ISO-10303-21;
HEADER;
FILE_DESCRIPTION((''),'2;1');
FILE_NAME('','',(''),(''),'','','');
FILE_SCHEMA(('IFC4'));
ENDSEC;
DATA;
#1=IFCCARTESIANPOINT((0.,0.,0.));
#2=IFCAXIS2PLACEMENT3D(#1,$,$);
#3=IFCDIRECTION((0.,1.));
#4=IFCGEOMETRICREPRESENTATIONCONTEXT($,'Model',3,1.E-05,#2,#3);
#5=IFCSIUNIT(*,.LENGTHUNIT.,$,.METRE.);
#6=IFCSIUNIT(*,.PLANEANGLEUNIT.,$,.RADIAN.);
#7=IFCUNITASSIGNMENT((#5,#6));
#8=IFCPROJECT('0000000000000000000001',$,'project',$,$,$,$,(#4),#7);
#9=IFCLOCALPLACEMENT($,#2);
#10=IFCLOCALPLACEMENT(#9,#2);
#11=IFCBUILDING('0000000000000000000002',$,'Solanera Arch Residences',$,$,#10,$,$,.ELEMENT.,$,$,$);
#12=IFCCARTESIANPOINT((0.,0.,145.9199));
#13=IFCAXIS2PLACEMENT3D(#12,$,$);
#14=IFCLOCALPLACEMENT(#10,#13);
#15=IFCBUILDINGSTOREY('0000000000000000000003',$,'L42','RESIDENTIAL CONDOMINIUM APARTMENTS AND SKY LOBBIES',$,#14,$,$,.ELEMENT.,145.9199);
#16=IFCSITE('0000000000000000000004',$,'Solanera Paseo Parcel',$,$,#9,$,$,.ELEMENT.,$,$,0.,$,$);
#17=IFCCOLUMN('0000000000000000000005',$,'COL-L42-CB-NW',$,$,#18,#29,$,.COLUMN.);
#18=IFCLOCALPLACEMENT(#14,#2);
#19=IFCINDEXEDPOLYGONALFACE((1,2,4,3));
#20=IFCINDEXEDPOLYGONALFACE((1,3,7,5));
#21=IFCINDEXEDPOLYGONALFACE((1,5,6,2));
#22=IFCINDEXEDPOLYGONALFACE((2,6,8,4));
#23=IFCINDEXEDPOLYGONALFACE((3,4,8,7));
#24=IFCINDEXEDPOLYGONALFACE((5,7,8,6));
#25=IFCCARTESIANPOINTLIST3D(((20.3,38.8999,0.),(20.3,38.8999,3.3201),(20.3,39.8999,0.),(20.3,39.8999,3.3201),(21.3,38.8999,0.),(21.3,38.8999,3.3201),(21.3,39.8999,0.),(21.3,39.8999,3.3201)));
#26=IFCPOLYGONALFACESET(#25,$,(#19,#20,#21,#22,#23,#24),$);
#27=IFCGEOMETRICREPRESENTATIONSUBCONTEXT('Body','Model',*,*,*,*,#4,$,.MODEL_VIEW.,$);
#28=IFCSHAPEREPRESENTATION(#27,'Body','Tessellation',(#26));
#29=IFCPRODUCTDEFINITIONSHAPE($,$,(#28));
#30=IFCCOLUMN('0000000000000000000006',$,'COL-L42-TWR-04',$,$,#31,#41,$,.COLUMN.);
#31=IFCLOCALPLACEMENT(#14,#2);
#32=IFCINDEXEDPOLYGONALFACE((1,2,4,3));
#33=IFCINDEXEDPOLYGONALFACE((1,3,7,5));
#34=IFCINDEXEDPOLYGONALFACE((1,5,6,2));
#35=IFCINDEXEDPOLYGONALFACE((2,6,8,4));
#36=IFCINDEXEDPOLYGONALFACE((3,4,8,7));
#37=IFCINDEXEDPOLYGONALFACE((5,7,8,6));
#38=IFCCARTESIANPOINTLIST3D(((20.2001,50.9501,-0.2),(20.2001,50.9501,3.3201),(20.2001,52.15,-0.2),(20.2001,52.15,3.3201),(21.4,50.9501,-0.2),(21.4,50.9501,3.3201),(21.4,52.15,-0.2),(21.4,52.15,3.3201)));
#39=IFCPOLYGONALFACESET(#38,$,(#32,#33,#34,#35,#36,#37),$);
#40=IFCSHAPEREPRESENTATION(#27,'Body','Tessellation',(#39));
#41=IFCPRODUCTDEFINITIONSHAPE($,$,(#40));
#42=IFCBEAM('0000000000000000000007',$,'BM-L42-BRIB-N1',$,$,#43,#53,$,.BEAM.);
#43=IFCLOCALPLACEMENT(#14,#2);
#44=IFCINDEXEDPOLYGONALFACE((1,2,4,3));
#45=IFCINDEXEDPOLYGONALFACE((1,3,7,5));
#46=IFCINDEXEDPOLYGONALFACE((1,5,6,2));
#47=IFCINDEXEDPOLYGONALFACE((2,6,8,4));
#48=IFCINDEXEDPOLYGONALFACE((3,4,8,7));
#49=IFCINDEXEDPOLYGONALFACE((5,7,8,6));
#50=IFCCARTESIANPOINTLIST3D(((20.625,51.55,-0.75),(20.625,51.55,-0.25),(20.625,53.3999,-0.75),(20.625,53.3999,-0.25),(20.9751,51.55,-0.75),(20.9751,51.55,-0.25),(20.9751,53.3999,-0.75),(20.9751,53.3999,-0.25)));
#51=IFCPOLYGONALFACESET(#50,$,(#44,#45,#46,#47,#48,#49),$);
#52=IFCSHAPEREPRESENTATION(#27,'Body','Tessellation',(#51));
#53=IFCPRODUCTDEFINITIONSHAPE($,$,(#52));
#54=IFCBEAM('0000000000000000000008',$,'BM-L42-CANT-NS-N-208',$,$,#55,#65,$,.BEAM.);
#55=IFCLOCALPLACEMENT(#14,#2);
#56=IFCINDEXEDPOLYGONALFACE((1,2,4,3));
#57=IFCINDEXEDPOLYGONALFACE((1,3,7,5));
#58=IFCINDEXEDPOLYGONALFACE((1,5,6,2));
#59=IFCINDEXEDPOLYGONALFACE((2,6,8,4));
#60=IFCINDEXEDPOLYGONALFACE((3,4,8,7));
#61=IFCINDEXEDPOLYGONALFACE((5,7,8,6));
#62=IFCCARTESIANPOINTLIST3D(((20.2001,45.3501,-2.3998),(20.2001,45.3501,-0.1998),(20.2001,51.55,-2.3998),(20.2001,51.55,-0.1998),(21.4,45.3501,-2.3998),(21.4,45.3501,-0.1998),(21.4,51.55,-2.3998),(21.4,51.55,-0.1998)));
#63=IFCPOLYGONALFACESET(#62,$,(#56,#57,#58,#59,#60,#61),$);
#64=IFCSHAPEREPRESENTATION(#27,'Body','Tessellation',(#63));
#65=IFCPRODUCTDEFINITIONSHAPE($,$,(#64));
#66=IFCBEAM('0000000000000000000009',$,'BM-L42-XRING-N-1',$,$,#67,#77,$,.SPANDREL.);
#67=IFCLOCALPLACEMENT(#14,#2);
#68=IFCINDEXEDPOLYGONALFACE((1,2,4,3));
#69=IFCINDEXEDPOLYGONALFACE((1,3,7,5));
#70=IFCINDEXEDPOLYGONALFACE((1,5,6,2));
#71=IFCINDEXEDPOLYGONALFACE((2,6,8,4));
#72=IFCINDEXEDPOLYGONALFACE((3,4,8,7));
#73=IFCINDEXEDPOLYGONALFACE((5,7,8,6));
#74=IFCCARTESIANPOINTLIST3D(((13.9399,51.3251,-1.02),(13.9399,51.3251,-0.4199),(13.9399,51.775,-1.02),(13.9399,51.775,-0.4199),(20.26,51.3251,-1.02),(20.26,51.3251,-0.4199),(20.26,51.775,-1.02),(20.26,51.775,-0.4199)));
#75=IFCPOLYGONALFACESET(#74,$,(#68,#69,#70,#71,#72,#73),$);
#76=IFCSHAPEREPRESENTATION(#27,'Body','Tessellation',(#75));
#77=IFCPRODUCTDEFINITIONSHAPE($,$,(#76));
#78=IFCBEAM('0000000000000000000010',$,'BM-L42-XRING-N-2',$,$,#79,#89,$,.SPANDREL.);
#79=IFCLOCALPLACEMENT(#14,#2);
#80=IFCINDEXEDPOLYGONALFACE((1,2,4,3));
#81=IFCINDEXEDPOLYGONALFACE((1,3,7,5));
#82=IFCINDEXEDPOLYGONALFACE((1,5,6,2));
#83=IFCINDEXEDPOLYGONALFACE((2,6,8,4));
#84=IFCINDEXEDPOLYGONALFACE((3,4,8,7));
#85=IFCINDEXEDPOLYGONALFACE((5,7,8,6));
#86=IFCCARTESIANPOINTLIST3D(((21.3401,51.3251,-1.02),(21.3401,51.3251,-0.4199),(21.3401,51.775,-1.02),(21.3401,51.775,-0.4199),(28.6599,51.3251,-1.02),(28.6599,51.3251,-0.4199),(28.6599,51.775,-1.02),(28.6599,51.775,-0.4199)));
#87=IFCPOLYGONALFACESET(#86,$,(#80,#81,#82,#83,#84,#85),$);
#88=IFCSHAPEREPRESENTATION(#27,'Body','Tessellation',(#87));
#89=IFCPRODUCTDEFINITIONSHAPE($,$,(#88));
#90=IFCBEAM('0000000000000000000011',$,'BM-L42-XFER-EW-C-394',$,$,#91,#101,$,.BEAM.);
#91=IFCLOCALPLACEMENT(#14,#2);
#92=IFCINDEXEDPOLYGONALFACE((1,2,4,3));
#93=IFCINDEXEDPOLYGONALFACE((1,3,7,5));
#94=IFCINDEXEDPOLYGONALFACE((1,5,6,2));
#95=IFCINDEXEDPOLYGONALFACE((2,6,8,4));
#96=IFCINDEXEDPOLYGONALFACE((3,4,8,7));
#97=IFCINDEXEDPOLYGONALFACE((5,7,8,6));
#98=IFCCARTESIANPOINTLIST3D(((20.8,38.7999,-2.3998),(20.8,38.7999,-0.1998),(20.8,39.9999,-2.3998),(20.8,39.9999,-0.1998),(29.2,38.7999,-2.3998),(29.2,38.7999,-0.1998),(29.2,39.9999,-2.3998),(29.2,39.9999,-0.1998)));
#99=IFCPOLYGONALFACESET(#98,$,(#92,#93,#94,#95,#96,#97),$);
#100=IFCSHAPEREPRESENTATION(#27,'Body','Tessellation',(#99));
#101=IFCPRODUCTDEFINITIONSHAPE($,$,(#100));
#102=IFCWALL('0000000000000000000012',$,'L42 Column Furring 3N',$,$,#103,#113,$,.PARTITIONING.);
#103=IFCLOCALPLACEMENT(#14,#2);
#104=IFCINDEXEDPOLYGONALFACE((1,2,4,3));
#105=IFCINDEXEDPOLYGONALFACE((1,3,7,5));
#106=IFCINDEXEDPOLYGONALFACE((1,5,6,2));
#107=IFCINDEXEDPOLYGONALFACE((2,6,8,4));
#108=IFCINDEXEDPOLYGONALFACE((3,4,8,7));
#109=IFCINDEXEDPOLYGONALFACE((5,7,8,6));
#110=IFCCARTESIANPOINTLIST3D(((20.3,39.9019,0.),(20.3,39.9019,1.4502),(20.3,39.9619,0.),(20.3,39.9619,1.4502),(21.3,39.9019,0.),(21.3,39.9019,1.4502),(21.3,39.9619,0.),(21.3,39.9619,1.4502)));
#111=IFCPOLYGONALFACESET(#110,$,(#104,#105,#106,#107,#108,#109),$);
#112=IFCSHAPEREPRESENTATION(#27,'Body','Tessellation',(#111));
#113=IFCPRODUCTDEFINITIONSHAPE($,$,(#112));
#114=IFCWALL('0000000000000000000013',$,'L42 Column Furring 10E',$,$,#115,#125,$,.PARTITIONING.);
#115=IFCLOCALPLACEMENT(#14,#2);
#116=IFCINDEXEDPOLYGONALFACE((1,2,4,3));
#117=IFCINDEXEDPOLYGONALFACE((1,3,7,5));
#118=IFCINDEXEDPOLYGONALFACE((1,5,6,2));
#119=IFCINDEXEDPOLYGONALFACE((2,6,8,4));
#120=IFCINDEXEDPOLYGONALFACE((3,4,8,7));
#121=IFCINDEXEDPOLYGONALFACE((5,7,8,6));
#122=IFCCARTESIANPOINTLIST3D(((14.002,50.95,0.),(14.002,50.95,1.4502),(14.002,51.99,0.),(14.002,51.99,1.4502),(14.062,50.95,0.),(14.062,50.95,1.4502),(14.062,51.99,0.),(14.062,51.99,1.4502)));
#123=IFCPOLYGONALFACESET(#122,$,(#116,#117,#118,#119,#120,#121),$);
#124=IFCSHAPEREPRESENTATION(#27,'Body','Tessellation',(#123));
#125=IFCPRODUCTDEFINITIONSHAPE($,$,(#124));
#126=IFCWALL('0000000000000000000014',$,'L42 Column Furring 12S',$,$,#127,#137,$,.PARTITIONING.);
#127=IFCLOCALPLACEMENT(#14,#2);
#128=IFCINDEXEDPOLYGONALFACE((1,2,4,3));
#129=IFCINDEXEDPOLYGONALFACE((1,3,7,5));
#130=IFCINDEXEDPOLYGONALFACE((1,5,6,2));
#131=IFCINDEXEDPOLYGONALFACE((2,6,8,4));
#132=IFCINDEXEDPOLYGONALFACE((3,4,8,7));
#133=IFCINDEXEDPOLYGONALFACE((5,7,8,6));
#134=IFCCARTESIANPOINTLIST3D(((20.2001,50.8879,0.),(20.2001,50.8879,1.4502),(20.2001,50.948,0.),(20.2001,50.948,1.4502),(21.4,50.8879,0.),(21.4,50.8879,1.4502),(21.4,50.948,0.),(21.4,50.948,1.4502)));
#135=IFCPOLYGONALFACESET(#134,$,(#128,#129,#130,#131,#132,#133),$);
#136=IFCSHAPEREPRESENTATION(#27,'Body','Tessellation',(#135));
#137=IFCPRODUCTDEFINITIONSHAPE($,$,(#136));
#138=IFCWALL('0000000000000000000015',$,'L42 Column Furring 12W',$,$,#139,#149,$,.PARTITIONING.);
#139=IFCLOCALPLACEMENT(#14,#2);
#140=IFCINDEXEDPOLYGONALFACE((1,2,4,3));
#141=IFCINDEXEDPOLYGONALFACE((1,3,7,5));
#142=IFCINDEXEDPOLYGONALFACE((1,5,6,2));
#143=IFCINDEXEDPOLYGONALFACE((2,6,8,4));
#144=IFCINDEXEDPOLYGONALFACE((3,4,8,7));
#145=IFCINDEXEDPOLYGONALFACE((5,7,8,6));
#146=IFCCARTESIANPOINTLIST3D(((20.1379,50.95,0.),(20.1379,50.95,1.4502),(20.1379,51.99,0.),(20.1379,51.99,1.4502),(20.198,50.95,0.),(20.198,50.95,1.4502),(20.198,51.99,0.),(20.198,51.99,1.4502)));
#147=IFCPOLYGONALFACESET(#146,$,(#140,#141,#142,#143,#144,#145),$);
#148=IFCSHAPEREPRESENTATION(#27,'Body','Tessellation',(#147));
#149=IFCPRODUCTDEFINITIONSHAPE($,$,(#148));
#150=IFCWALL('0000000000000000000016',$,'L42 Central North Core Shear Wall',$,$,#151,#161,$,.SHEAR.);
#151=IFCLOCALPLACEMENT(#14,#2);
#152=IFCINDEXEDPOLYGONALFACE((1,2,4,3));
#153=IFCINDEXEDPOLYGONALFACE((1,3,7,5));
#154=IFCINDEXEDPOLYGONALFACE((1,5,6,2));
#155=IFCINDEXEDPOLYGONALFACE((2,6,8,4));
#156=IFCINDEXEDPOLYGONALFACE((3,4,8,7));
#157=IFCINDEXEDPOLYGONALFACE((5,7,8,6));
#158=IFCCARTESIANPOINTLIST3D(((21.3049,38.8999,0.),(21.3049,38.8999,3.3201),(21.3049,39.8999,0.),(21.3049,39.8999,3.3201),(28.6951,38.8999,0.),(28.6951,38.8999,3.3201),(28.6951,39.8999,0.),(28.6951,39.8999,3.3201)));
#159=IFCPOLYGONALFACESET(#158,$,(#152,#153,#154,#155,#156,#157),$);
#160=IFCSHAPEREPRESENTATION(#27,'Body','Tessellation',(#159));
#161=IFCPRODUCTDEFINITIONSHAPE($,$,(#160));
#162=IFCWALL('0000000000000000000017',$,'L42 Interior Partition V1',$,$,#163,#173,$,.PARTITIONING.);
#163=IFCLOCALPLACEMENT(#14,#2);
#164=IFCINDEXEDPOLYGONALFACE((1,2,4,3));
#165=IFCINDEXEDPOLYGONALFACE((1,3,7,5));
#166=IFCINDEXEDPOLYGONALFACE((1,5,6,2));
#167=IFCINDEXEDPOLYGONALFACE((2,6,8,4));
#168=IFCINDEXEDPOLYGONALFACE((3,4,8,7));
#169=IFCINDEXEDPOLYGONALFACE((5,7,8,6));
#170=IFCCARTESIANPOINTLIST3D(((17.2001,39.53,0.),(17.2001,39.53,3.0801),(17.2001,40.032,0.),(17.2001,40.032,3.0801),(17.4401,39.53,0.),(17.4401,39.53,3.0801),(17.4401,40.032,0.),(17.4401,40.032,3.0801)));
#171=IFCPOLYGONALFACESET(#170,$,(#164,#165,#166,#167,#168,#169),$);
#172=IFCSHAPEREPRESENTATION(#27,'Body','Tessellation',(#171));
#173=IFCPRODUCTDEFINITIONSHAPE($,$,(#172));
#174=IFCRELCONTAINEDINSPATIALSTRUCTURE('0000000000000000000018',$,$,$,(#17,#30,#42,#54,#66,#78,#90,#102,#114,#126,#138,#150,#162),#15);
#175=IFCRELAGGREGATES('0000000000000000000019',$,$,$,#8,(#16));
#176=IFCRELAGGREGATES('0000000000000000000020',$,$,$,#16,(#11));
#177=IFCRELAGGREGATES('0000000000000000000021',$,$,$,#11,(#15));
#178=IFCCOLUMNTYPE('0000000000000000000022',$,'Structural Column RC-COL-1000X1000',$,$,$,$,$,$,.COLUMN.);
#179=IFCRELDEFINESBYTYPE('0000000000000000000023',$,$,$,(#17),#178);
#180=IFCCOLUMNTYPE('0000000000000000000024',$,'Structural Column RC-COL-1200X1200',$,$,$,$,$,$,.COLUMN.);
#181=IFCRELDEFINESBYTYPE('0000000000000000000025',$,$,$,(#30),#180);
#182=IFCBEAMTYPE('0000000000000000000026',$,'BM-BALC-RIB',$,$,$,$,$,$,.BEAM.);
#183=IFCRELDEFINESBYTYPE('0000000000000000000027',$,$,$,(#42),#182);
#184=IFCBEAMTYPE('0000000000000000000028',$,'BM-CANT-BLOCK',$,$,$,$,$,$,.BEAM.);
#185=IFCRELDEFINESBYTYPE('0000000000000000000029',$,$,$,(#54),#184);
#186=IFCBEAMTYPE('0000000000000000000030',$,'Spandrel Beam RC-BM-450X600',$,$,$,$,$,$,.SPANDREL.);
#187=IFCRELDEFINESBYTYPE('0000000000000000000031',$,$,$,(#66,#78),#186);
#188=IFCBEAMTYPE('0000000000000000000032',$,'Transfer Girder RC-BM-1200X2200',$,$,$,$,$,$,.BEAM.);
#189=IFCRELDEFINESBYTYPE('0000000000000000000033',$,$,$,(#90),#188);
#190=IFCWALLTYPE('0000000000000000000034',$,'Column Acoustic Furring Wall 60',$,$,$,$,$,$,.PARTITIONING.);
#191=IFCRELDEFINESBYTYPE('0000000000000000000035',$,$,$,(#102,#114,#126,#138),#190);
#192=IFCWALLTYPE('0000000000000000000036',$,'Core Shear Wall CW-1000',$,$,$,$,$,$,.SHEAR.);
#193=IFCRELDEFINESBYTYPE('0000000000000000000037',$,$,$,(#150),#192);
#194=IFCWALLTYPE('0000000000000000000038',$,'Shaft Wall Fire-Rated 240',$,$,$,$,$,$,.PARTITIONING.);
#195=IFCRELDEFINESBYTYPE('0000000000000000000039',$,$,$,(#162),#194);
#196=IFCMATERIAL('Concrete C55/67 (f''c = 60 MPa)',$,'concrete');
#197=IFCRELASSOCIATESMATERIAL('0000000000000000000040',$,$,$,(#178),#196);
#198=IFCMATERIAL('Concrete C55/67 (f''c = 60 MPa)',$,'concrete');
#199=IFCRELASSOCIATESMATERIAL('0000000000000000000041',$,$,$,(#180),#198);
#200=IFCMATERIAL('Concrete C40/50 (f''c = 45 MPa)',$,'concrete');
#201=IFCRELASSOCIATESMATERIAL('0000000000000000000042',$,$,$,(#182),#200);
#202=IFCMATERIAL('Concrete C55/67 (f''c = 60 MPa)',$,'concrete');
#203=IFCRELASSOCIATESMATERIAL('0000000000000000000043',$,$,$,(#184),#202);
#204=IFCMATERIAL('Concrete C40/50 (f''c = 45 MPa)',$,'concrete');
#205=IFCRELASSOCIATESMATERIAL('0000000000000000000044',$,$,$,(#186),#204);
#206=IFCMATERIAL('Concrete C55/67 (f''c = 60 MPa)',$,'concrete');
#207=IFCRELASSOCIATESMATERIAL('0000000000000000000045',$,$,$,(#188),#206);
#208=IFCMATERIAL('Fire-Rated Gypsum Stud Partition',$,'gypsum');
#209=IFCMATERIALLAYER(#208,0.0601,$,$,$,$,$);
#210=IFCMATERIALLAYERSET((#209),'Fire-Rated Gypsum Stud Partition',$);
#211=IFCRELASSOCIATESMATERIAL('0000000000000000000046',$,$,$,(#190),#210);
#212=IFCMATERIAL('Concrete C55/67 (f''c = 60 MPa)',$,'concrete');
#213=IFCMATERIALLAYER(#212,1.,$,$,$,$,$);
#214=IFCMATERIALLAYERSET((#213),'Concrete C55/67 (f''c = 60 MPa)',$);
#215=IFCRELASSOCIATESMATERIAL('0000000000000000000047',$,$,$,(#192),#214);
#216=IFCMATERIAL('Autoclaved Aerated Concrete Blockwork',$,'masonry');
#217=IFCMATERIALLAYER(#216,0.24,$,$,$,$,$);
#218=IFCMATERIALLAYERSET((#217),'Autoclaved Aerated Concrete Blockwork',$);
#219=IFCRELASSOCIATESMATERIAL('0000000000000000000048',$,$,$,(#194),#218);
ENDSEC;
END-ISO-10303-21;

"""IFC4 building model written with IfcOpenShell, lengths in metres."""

from ifc_helpers import new_model, si_unit, direction, frame, frame_2d, origin, origin_2d, place, context, subcontext, project, spatial, rectangle, extrude, material, layer, layer_set, material_profile, profile_set, type_object, element, save


model = new_model("IFC4")

# Units and contexts
model_context = context("Model", 3, precision=1e-05, world=origin(), true_north=direction((0.0, 1.0)))
body_context = subcontext(model_context, "Body", "Model", "MODEL_VIEW")
ifc_project = project(units=[si_unit("LENGTHUNIT", "METRE"), si_unit("PLANEANGLEUNIT", "RADIAN")], contexts=[model_context])

# Site, building, storey
site_placement = place(None, origin())
site = spatial("IfcSite", under=ifc_project, at=site_placement, Name="Solanera Paseo Parcel", CompositionType="ELEMENT", RefElevation=0.0)
building_placement = place(site_placement, origin())
building = spatial("IfcBuilding", under=site, at=building_placement, Name="Solanera Arch Residences", CompositionType="ELEMENT")
storey_placement = place(building_placement, frame((0.0, 0.0, 145.9199)))
storey = spatial("IfcBuildingStorey", under=building, at=storey_placement, Name="L42", Description="RESIDENTIAL CONDOMINIUM APARTMENTS AND SKY LOBBIES", CompositionType="ELEMENT", Elevation=145.9199)

# Columns
ifc_material_1 = material(Name="Concrete C55/67 (f'c = 60 MPa)", Category="concrete")
ifc_material_profile_1 = material_profile(ifc_material_1, rectangle(XDim=1.0, YDim=1.0, at=origin_2d()))
ifc_profile_set_1 = profile_set([ifc_material_profile_1], Name="Concrete C55/67 (f'c = 60 MPa)")
column_type_1 = type_object("IfcColumnType", Name="Structural Column RC-COL-1000X1000", PredefinedType="COLUMN", material=ifc_profile_set_1)
column_1_placement = place(storey_placement, frame((20.8, 39.3999, 0.0), z_axis=(0.0, 0.0, 1.0), x_axis=(1.0, 0.0, 0.0)))
element("IfcColumn", 1, at=column_1_placement, inside=storey, type_object=column_type_1, Name="COL-L42-CB-NW", PredefinedType="COLUMN", context=body_context, shape_type="SweptSolid", body=[
    extrude(rectangle(XDim=1.0, YDim=1.0, at=origin_2d()), origin(), (0.0, 0.0, 1.0), 3.3201),
])
ifc_material_2 = material(Name="Concrete C55/67 (f'c = 60 MPa)", Category="concrete")
ifc_material_profile_2 = material_profile(ifc_material_2, rectangle(XDim=1.2, YDim=1.2, at=origin_2d()))
ifc_profile_set_2 = profile_set([ifc_material_profile_2], Name="Concrete C55/67 (f'c = 60 MPa)")
column_type_2 = type_object("IfcColumnType", Name="Structural Column RC-COL-1200X1200", PredefinedType="COLUMN", material=ifc_profile_set_2)
column_2_placement = place(storey_placement, frame((20.8, 51.55, -0.2), z_axis=(0.0, 0.0, 1.0), x_axis=(1.0, 0.0, 0.0)))
element("IfcColumn", 2, at=column_2_placement, inside=storey, type_object=column_type_2, Name="COL-L42-TWR-04", PredefinedType="COLUMN", context=body_context, shape_type="SweptSolid", body=[
    extrude(rectangle(XDim=1.2, YDim=1.2, at=origin_2d()), origin(), (0.0, 0.0, 1.0), 3.52),
])

# Beams
ifc_material_3 = material(Name="Concrete C40/50 (f'c = 45 MPa)", Category="concrete")
ifc_material_profile_3 = material_profile(ifc_material_3, rectangle(XDim=0.3501, YDim=0.5, at=origin_2d()))
ifc_profile_set_3 = profile_set([ifc_material_profile_3], Name="Concrete C40/50 (f'c = 45 MPa)")
beam_type_1 = type_object("IfcBeamType", Name="BM-BALC-RIB", PredefinedType="BEAM", material=ifc_profile_set_3)
beam_1_placement = place(storey_placement, frame((20.8, 51.55, -0.5), z_axis=(0.0, 1.0, 0.0), x_axis=(-1.0, 0.0, 0.0)))
element("IfcBeam", 3, at=beam_1_placement, inside=storey, type_object=beam_type_1, Name="BM-L42-BRIB-N1", PredefinedType="BEAM", context=body_context, shape_type="SweptSolid", body=[
    extrude(rectangle(XDim=0.3501, YDim=0.5, at=origin_2d()), origin(), (0.0, 0.0, 1.0), 1.8499),
])
ifc_material_4 = material(Name="Concrete C55/67 (f'c = 60 MPa)", Category="concrete")
ifc_material_profile_4 = material_profile(ifc_material_4, rectangle(XDim=1.2, YDim=2.2, at=origin_2d()))
ifc_profile_set_4 = profile_set([ifc_material_profile_4], Name="Concrete C55/67 (f'c = 60 MPa)")
beam_type_2 = type_object("IfcBeamType", Name="BM-CANT-BLOCK", PredefinedType="BEAM", material=ifc_profile_set_4)
beam_2_placement = place(storey_placement, frame((20.8, 45.3501, -1.2998), z_axis=(0.0, 1.0, 0.0), x_axis=(-1.0, 0.0, 0.0)))
element("IfcBeam", 4, at=beam_2_placement, inside=storey, type_object=beam_type_2, Name="BM-L42-CANT-NS-N-208", PredefinedType="BEAM", context=body_context, shape_type="SweptSolid", body=[
    extrude(rectangle(XDim=1.2, YDim=2.2, at=origin_2d()), origin(), (0.0, 0.0, 1.0), 6.2),
])
ifc_material_5 = material(Name="Concrete C40/50 (f'c = 45 MPa)", Category="concrete")
ifc_material_profile_5 = material_profile(ifc_material_5, rectangle(XDim=0.45, YDim=0.6001, at=origin_2d()))
ifc_profile_set_5 = profile_set([ifc_material_profile_5], Name="Concrete C40/50 (f'c = 45 MPa)")
beam_type_3 = type_object("IfcBeamType", Name="Spandrel Beam RC-BM-450X600", PredefinedType="SPANDREL", material=ifc_profile_set_5)
beam_3_placement = place(storey_placement, frame((13.9399, 51.55, -0.72), z_axis=(1.0, 0.0, 0.0), x_axis=(0.0, 1.0, 0.0)))
element("IfcBeam", 5, at=beam_3_placement, inside=storey, type_object=beam_type_3, Name="BM-L42-XRING-N-1", PredefinedType="SPANDREL", context=body_context, shape_type="SweptSolid", body=[
    extrude(rectangle(XDim=0.45, YDim=0.6001, at=origin_2d()), origin(), (0.0, 0.0, 1.0), 6.3201),
])
beam_4_placement = place(storey_placement, frame((21.3401, 51.55, -0.72), z_axis=(1.0, 0.0, 0.0), x_axis=(0.0, 1.0, 0.0)))
element("IfcBeam", 6, at=beam_4_placement, inside=storey, type_object=beam_type_3, Name="BM-L42-XRING-N-2", PredefinedType="SPANDREL", context=body_context, shape_type="SweptSolid", body=[
    extrude(rectangle(XDim=0.45, YDim=0.6001, at=origin_2d()), origin(), (0.0, 0.0, 1.0), 7.3198),
])
ifc_material_6 = material(Name="Concrete C55/67 (f'c = 60 MPa)", Category="concrete")
ifc_material_profile_6 = material_profile(ifc_material_6, rectangle(XDim=1.2, YDim=2.2, at=origin_2d()))
ifc_profile_set_6 = profile_set([ifc_material_profile_6], Name="Concrete C55/67 (f'c = 60 MPa)")
beam_type_4 = type_object("IfcBeamType", Name="Transfer Girder RC-BM-1200X2200", PredefinedType="BEAM", material=ifc_profile_set_6)
beam_5_placement = place(storey_placement, frame((20.8, 39.3999, -1.2998), z_axis=(1.0, 0.0, 0.0), x_axis=(0.0, 1.0, 0.0)))
element("IfcBeam", 7, at=beam_5_placement, inside=storey, type_object=beam_type_4, Name="BM-L42-XFER-EW-C-394", PredefinedType="BEAM", context=body_context, shape_type="SweptSolid", body=[
    extrude(rectangle(XDim=1.2, YDim=2.2, at=origin_2d()), origin(), (0.0, 0.0, 1.0), 8.3999),
])

# Walls
ifc_material_7 = material(Name="Fire-Rated Gypsum Stud Partition", Category="gypsum")
ifc_layer_1 = layer(ifc_material_7, 0.0601)
ifc_layer_set_1 = layer_set([ifc_layer_1], Name="Fire-Rated Gypsum Stud Partition")
wall_type_1 = type_object("IfcWallType", Name="Column Acoustic Furring Wall 60", PredefinedType="PARTITIONING", material=ifc_layer_set_1)
wall_1_placement = place(storey_placement, frame((20.3, 39.9319, 0.0), z_axis=(0.0, 0.0, 1.0), x_axis=(1.0, 0.0, 0.0)))
element("IfcWall", 8, at=wall_1_placement, inside=storey, type_object=wall_type_1, Name="L42 Column Furring 3N", PredefinedType="PARTITIONING", context=body_context, shape_type="SweptSolid", body=[
    extrude(rectangle(XDim=1.0, YDim=0.0601, at=frame_2d((0.5, 0.0))), origin(), (0.0, 0.0, 1.0), 1.4502),
])
wall_2_placement = place(storey_placement, frame((14.032, 50.95, 0.0), z_axis=(0.0, 0.0, 1.0), x_axis=(0.0, 1.0, 0.0)))
element("IfcWall", 9, at=wall_2_placement, inside=storey, type_object=wall_type_1, Name="L42 Column Furring 10E", PredefinedType="PARTITIONING", context=body_context, shape_type="SweptSolid", body=[
    extrude(rectangle(XDim=1.04, YDim=0.0601, at=frame_2d((0.52, 0.0))), origin(), (0.0, 0.0, 1.0), 1.4502),
])
wall_3_placement = place(storey_placement, frame((20.2, 50.918, 0.0), z_axis=(0.0, 0.0, 1.0), x_axis=(1.0, 0.0, 0.0)))
element("IfcWall", 10, at=wall_3_placement, inside=storey, type_object=wall_type_1, Name="L42 Column Furring 12S", PredefinedType="PARTITIONING", context=body_context, shape_type="SweptSolid", body=[
    extrude(rectangle(XDim=1.2, YDim=0.0601, at=frame_2d((0.6001, 0.0))), origin(), (0.0, 0.0, 1.0), 1.4502),
])
wall_4_placement = place(storey_placement, frame((20.168, 50.95, 0.0), z_axis=(0.0, 0.0, 1.0), x_axis=(0.0, 1.0, 0.0)))
element("IfcWall", 11, at=wall_4_placement, inside=storey, type_object=wall_type_1, Name="L42 Column Furring 12W", PredefinedType="PARTITIONING", context=body_context, shape_type="SweptSolid", body=[
    extrude(rectangle(XDim=1.04, YDim=0.0601, at=frame_2d((0.52, 0.0))), origin(), (0.0, 0.0, 1.0), 1.4502),
])
ifc_material_8 = material(Name="Concrete C55/67 (f'c = 60 MPa)", Category="concrete")
ifc_layer_2 = layer(ifc_material_8, 1.0)
ifc_layer_set_2 = layer_set([ifc_layer_2], Name="Concrete C55/67 (f'c = 60 MPa)")
wall_type_2 = type_object("IfcWallType", Name="Core Shear Wall CW-1000", PredefinedType="SHEAR", material=ifc_layer_set_2)
wall_5_placement = place(storey_placement, frame((21.3049, 39.3999, 0.0), z_axis=(0.0, 0.0, 1.0), x_axis=(1.0, 0.0, 0.0)))
element("IfcWall", 12, at=wall_5_placement, inside=storey, type_object=wall_type_2, Name="L42 Central North Core Shear Wall", PredefinedType="SHEAR", context=body_context, shape_type="SweptSolid", body=[
    extrude(rectangle(XDim=7.3901, YDim=1.0, at=frame_2d((3.6951, 0.0))), origin(), (0.0, 0.0, 1.0), 3.3201),
])
ifc_material_9 = material(Name="Autoclaved Aerated Concrete Blockwork", Category="masonry")
ifc_layer_3 = layer(ifc_material_9, 0.24)
ifc_layer_set_3 = layer_set([ifc_layer_3], Name="Autoclaved Aerated Concrete Blockwork")
wall_type_3 = type_object("IfcWallType", Name="Shaft Wall Fire-Rated 240", PredefinedType="PARTITIONING", material=ifc_layer_set_3)
wall_6_placement = place(storey_placement, frame((17.3201, 39.53, 0.0), z_axis=(0.0, 0.0, 1.0), x_axis=(0.0, 1.0, 0.0)))
element("IfcWall", 13, at=wall_6_placement, inside=storey, type_object=wall_type_3, Name="L42 Interior Partition V1", PredefinedType="PARTITIONING", context=body_context, shape_type="SweptSolid", body=[
    extrude(rectangle(XDim=0.502, YDim=0.24, at=frame_2d((0.251, 0.0))), origin(), (0.0, 0.0, 1.0), 3.0801),
])

save(model, "model.ifc")
